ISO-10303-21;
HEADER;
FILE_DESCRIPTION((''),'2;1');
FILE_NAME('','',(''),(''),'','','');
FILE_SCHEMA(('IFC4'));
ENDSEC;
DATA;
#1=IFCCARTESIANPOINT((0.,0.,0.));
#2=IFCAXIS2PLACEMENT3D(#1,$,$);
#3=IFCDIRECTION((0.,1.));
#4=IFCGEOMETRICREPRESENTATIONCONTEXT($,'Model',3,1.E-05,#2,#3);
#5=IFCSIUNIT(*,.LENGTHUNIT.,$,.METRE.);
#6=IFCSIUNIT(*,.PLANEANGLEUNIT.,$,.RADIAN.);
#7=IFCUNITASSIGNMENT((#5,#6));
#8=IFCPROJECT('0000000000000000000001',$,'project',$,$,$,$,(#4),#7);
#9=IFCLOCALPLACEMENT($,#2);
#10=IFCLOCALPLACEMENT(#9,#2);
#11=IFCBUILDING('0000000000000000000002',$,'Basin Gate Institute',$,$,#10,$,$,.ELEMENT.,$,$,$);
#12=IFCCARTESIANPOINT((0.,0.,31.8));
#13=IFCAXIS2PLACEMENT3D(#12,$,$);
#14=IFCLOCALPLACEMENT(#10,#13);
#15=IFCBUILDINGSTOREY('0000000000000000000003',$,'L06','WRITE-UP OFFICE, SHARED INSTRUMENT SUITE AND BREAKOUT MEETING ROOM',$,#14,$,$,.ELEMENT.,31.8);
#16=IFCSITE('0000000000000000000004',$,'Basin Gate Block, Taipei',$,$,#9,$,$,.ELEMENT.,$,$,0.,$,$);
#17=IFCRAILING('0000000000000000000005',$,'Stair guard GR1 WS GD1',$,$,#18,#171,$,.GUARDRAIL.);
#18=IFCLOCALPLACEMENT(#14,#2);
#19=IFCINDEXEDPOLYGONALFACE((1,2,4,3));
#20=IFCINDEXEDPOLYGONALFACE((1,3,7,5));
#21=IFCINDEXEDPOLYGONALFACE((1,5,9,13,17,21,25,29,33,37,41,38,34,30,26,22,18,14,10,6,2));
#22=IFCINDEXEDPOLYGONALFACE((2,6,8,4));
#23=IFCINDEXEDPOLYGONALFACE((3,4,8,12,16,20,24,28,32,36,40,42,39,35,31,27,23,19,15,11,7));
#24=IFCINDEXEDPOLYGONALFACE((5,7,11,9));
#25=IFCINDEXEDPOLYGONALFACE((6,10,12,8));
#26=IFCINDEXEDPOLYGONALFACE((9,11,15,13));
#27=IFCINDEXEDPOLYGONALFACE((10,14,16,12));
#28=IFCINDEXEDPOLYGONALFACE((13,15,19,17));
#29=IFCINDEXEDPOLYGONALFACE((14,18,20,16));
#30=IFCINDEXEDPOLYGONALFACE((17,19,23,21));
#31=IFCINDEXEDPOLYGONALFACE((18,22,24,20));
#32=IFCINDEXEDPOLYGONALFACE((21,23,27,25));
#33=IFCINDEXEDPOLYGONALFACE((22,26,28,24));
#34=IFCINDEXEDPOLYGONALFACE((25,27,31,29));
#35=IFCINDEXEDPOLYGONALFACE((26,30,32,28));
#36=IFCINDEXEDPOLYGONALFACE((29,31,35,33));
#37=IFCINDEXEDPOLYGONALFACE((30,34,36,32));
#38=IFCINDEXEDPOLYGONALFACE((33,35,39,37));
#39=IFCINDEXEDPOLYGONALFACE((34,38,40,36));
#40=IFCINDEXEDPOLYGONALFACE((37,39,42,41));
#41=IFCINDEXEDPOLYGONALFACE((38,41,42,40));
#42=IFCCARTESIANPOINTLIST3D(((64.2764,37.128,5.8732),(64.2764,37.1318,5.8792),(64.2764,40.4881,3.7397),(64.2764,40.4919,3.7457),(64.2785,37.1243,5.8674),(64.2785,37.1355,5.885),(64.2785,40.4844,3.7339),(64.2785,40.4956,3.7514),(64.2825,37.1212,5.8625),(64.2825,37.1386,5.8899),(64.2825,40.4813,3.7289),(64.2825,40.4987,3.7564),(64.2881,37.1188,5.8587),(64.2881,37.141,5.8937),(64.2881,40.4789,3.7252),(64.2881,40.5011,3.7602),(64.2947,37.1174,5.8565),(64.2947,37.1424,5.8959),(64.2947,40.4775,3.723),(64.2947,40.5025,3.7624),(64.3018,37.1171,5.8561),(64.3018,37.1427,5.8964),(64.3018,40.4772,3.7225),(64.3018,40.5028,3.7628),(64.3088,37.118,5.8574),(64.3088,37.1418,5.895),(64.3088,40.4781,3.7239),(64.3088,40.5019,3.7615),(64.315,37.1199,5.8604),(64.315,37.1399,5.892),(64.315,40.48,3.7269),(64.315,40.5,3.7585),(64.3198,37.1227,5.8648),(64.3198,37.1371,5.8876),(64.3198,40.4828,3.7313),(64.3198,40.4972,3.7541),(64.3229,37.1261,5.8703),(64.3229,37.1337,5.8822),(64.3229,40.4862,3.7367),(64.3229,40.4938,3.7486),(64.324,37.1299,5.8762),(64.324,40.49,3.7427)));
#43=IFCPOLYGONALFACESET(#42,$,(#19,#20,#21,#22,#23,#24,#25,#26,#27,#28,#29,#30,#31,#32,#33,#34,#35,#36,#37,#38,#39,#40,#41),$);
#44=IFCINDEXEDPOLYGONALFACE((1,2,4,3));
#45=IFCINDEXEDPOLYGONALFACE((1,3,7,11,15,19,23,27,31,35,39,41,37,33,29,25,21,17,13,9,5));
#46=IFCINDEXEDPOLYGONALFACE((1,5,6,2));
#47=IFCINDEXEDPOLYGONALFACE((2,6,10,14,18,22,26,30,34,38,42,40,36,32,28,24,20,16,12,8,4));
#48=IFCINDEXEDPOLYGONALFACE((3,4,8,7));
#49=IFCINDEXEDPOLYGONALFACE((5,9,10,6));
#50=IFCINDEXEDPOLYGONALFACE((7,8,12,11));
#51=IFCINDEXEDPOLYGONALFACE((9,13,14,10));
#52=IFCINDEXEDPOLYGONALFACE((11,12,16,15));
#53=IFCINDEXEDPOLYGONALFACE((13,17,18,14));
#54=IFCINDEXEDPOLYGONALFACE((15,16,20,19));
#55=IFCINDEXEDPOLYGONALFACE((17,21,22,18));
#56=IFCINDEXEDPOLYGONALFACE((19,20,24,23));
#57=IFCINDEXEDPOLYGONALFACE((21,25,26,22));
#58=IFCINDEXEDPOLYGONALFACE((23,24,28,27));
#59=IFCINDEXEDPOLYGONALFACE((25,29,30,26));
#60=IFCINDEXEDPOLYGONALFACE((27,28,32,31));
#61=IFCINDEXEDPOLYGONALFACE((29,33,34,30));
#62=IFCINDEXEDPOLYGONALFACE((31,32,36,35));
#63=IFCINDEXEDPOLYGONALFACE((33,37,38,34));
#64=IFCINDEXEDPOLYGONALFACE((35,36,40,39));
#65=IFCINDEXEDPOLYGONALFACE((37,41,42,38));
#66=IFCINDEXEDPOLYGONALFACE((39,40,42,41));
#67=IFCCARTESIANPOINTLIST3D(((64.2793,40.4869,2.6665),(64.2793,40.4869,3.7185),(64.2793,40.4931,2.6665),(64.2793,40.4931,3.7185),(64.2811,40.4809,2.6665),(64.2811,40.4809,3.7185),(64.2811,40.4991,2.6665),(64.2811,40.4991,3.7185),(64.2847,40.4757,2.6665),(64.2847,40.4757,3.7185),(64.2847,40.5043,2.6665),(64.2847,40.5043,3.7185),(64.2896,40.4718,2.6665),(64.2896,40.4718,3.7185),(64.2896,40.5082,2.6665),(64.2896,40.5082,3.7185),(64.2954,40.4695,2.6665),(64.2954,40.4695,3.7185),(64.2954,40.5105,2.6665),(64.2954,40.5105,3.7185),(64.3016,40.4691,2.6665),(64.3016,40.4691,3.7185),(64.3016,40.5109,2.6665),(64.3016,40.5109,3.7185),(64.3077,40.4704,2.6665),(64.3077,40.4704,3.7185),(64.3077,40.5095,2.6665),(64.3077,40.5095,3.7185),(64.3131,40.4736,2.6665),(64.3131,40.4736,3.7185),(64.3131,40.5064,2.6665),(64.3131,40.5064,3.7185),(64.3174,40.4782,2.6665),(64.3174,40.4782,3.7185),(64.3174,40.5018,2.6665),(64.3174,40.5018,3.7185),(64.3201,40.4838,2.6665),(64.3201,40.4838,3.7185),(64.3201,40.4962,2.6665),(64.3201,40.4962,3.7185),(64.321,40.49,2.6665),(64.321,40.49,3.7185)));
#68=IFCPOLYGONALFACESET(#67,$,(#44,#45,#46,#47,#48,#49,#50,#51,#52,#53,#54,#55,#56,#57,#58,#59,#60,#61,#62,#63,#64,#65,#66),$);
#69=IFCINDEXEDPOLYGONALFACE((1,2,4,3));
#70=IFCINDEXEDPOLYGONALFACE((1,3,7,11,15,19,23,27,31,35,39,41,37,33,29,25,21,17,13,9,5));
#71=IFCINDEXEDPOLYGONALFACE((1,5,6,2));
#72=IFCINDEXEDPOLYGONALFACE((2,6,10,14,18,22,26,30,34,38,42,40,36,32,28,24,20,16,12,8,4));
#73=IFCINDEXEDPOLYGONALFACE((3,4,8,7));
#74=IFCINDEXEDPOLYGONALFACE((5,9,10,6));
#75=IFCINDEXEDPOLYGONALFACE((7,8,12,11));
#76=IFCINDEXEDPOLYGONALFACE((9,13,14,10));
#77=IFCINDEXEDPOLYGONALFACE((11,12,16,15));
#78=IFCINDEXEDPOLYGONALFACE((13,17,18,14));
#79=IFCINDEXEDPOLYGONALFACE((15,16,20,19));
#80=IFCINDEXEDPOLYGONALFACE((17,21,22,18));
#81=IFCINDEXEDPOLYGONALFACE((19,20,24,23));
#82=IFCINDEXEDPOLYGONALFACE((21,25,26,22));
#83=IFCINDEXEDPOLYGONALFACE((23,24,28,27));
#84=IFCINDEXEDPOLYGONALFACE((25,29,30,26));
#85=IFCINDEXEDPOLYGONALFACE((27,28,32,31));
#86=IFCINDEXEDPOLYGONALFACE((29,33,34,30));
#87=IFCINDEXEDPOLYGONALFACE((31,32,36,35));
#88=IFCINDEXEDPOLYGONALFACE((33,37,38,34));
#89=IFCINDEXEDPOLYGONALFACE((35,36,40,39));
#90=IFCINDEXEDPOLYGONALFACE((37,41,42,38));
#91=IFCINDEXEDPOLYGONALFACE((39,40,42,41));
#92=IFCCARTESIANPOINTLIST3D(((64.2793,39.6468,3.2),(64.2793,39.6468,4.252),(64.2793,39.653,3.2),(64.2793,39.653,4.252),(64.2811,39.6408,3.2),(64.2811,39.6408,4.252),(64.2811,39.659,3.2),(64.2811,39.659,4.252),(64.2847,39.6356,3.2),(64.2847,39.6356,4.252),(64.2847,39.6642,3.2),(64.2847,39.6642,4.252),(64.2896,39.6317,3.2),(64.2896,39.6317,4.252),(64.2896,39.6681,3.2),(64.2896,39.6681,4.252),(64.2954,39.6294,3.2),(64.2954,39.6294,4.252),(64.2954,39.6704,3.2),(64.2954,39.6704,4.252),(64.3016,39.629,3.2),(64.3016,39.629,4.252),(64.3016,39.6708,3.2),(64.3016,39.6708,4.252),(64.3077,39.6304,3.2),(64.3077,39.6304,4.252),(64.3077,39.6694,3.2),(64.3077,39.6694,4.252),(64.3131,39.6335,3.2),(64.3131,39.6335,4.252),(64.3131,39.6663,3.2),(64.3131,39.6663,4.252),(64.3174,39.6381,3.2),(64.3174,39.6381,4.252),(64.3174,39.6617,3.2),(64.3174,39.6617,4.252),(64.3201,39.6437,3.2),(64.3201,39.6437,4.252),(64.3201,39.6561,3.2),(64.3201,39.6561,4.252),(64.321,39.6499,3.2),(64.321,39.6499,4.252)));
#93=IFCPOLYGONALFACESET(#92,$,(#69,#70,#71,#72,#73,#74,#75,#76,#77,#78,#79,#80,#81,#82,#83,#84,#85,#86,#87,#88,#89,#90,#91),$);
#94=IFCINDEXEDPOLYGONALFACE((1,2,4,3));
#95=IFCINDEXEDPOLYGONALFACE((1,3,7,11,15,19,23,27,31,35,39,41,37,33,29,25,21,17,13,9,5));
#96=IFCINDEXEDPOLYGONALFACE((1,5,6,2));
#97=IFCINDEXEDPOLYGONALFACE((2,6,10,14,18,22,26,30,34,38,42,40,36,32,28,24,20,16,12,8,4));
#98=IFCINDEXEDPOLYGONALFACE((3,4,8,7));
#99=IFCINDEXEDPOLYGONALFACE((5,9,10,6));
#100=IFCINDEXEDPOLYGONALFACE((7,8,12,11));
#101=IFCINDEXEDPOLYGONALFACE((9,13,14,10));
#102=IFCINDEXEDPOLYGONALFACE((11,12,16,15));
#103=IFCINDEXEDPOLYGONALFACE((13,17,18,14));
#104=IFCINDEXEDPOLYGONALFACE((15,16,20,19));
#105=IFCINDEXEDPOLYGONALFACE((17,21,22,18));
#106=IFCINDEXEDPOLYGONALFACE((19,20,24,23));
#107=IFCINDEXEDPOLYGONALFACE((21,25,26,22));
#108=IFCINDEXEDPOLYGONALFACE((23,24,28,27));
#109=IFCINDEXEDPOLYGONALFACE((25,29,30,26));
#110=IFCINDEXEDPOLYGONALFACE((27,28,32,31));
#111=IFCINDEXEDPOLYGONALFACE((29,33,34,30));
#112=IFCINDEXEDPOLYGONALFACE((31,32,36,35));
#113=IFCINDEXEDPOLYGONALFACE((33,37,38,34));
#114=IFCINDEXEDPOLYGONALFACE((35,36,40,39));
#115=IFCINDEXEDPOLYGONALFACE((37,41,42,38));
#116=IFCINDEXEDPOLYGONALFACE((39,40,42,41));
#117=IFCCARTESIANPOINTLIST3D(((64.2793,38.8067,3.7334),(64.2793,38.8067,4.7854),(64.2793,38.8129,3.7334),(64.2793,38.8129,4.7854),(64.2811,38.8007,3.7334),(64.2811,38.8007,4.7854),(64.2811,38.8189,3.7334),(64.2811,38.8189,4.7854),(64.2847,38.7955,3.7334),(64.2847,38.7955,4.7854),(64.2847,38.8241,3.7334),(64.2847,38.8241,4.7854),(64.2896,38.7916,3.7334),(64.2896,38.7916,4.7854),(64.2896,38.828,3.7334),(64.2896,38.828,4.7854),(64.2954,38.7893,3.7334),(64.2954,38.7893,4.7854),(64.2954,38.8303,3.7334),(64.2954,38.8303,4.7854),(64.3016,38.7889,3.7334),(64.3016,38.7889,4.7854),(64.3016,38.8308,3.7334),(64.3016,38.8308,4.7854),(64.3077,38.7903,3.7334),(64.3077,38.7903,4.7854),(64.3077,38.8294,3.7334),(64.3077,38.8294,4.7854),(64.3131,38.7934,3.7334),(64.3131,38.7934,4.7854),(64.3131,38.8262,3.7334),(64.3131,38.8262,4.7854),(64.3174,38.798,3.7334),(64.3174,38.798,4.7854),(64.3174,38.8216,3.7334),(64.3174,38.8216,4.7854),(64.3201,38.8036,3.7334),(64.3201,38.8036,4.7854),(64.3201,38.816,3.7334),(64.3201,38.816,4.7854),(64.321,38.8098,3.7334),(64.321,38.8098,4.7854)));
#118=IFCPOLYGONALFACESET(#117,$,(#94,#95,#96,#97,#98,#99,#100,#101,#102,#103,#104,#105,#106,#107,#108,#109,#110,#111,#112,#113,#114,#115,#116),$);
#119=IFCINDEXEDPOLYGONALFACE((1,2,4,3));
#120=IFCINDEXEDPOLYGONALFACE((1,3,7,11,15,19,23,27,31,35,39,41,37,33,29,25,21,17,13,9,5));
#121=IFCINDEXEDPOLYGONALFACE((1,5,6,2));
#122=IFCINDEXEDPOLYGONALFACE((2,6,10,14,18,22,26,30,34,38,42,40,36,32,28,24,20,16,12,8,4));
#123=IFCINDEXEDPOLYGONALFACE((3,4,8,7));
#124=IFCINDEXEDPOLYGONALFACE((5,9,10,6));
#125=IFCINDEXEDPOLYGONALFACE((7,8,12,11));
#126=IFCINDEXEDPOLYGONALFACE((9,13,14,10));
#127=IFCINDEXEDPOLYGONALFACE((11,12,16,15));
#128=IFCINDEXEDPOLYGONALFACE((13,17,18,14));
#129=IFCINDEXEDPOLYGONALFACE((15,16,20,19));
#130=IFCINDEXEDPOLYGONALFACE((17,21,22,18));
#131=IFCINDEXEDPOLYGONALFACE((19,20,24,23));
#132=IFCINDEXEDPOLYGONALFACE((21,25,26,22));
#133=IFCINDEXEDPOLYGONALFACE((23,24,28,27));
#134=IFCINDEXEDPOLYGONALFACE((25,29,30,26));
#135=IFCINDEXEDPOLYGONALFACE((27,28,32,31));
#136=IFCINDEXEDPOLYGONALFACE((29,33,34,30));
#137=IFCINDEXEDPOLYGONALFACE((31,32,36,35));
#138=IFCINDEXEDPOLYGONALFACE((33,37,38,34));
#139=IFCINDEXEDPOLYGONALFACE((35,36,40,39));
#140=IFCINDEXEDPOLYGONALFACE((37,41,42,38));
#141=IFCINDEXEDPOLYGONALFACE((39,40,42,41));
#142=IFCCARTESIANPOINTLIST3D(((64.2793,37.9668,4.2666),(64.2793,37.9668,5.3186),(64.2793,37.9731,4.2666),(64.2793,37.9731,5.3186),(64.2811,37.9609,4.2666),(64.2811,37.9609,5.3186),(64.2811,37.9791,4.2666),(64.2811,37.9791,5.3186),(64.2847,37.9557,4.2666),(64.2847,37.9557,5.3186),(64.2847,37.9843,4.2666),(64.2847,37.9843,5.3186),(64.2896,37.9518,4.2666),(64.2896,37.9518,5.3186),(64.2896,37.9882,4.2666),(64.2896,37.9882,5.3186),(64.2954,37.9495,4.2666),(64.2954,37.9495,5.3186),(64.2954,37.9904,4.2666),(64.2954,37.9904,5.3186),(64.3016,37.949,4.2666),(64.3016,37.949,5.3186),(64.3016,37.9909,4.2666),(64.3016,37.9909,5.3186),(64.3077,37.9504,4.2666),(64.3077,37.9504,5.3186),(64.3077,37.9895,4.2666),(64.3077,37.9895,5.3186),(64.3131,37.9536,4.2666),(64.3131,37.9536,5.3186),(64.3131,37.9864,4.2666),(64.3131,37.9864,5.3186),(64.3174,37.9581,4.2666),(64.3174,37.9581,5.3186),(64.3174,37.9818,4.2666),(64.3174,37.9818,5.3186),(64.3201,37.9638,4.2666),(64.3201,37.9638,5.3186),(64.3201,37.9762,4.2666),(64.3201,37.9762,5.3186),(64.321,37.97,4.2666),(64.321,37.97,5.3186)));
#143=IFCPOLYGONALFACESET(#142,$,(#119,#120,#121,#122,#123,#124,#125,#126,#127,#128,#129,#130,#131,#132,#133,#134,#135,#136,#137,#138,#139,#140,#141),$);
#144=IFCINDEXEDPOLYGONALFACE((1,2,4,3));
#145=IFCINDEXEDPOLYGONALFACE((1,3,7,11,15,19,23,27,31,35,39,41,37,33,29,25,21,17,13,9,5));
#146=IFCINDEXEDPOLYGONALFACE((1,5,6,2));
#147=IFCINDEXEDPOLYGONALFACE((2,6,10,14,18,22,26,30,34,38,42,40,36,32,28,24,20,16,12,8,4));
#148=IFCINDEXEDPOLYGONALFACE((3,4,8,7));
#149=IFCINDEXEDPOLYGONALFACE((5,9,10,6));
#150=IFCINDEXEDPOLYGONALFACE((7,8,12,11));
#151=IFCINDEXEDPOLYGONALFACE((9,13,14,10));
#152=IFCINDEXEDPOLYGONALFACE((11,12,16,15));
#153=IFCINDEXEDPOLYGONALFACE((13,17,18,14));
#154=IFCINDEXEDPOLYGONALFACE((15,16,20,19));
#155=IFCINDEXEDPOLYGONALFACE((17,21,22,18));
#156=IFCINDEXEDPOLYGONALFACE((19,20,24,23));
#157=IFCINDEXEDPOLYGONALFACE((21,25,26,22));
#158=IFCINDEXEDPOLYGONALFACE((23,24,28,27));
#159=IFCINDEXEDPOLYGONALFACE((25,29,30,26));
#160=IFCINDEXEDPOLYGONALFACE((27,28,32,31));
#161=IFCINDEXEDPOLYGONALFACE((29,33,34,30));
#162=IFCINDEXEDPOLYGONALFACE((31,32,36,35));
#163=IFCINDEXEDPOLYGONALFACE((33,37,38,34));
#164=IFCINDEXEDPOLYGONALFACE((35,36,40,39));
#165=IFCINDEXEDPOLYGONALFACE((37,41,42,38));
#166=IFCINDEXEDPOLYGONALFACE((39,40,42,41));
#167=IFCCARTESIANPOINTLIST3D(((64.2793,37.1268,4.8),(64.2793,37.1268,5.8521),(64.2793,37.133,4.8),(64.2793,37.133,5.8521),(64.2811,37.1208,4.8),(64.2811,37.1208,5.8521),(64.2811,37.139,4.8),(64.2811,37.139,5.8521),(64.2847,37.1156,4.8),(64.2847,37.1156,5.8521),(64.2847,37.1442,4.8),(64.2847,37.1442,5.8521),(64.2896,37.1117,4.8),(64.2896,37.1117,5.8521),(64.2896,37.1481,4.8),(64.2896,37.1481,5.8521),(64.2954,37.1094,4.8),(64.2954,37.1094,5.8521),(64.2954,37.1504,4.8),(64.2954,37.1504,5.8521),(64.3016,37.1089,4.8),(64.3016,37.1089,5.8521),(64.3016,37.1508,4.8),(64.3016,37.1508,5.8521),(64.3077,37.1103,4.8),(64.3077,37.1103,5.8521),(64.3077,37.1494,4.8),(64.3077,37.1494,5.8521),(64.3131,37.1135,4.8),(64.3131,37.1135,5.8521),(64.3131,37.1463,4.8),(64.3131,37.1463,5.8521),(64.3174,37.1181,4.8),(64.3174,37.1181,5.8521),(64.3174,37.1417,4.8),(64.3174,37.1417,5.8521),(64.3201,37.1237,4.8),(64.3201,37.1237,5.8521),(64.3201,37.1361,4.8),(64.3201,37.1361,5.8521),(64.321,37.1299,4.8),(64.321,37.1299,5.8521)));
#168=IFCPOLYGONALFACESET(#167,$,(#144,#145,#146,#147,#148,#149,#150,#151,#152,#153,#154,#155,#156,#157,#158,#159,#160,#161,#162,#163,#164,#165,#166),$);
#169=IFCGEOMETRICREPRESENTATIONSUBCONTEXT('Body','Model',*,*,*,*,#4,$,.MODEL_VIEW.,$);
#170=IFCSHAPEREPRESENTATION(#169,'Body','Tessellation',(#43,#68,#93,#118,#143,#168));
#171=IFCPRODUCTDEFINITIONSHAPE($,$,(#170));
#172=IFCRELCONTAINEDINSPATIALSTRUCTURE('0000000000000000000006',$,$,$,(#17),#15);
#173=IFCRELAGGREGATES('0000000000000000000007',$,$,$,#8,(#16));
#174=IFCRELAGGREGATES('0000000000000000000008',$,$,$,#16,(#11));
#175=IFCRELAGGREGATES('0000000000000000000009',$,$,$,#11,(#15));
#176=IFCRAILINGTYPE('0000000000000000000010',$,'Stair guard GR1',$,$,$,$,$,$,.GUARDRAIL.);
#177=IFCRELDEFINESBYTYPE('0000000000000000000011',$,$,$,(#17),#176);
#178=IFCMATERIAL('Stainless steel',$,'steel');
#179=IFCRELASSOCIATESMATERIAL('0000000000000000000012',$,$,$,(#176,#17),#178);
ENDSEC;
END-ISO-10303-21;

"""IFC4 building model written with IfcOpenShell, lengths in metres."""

from ifc_helpers import new_model, si_unit, direction, frame, origin, origin_2d, place, context, subcontext, project, spatial, circle, extrude, material, type_object, element, save


model = new_model("IFC4")

# Units and contexts
model_context = context("Model", 3, precision=1e-05, world=origin(), true_north=direction((0.0, 1.0)))
body_context = subcontext(model_context, "Body", "Model", "MODEL_VIEW")
ifc_project = project(units=[si_unit("LENGTHUNIT", "METRE"), si_unit("PLANEANGLEUNIT", "RADIAN")], contexts=[model_context])

# Site, building, storey
site_placement = place(None, origin())
site = spatial("IfcSite", under=ifc_project, at=site_placement, Name="Basin Gate Block, Taipei", CompositionType="ELEMENT", RefElevation=0.0)
building_placement = place(site_placement, origin())
building = spatial("IfcBuilding", under=site, at=building_placement, Name="Basin Gate Institute", CompositionType="ELEMENT")
storey_placement = place(building_placement, frame((0.0, 0.0, 31.8)))
storey = spatial("IfcBuildingStorey", under=building, at=storey_placement, Name="L06", Description="WRITE-UP OFFICE, SHARED INSTRUMENT SUITE AND BREAKOUT MEETING ROOM", CompositionType="ELEMENT", Elevation=31.8)

# Railing
ifc_material_1 = material(Name="Stainless steel", Category="steel")
railing_type_1 = type_object("IfcRailingType", Name="Stair guard GR1", PredefinedType="GUARDRAIL", material=ifc_material_1)
railing_1_placement = place(storey_placement, frame((64.3, 40.49, 2.6665)))
element("IfcRailing", 1, at=railing_1_placement, inside=storey, type_object=railing_type_1, material=ifc_material_1, Name="Stair guard GR1 WS GD1", PredefinedType="GUARDRAIL", context=body_context, shape_type="SweptSolid", body=[
    extrude(circle(Radius=0.0239, at=origin_2d()), frame((0.0, 0.0, 1.0762), z_axis=(0.0, -0.844197, 0.536034), x_axis=(1.0, 0.0, 0.0)), (0.0, 0.0, 1.0), 3.9802),
    extrude(circle(Radius=0.021, at=origin_2d()), origin(), (0.0, 0.0, 1.0), 1.052),
    extrude(circle(Radius=0.021, at=origin_2d()), frame((0.0, -0.8401, 0.5334)), (0.0, 0.0, 1.0), 1.052),
    extrude(circle(Radius=0.021, at=origin_2d()), frame((0.0, -1.6802, 1.0669)), (0.0, 0.0, 1.0), 1.052),
    extrude(circle(Radius=0.021, at=origin_2d()), frame((0.0, -2.52, 1.6001)), (0.0, 0.0, 1.0), 1.052),
    extrude(circle(Radius=0.021, at=origin_2d()), frame((0.0, -3.3601, 2.1335)), (0.0, 0.0, 1.0), 1.052),
])

save(model, "model.ifc")
